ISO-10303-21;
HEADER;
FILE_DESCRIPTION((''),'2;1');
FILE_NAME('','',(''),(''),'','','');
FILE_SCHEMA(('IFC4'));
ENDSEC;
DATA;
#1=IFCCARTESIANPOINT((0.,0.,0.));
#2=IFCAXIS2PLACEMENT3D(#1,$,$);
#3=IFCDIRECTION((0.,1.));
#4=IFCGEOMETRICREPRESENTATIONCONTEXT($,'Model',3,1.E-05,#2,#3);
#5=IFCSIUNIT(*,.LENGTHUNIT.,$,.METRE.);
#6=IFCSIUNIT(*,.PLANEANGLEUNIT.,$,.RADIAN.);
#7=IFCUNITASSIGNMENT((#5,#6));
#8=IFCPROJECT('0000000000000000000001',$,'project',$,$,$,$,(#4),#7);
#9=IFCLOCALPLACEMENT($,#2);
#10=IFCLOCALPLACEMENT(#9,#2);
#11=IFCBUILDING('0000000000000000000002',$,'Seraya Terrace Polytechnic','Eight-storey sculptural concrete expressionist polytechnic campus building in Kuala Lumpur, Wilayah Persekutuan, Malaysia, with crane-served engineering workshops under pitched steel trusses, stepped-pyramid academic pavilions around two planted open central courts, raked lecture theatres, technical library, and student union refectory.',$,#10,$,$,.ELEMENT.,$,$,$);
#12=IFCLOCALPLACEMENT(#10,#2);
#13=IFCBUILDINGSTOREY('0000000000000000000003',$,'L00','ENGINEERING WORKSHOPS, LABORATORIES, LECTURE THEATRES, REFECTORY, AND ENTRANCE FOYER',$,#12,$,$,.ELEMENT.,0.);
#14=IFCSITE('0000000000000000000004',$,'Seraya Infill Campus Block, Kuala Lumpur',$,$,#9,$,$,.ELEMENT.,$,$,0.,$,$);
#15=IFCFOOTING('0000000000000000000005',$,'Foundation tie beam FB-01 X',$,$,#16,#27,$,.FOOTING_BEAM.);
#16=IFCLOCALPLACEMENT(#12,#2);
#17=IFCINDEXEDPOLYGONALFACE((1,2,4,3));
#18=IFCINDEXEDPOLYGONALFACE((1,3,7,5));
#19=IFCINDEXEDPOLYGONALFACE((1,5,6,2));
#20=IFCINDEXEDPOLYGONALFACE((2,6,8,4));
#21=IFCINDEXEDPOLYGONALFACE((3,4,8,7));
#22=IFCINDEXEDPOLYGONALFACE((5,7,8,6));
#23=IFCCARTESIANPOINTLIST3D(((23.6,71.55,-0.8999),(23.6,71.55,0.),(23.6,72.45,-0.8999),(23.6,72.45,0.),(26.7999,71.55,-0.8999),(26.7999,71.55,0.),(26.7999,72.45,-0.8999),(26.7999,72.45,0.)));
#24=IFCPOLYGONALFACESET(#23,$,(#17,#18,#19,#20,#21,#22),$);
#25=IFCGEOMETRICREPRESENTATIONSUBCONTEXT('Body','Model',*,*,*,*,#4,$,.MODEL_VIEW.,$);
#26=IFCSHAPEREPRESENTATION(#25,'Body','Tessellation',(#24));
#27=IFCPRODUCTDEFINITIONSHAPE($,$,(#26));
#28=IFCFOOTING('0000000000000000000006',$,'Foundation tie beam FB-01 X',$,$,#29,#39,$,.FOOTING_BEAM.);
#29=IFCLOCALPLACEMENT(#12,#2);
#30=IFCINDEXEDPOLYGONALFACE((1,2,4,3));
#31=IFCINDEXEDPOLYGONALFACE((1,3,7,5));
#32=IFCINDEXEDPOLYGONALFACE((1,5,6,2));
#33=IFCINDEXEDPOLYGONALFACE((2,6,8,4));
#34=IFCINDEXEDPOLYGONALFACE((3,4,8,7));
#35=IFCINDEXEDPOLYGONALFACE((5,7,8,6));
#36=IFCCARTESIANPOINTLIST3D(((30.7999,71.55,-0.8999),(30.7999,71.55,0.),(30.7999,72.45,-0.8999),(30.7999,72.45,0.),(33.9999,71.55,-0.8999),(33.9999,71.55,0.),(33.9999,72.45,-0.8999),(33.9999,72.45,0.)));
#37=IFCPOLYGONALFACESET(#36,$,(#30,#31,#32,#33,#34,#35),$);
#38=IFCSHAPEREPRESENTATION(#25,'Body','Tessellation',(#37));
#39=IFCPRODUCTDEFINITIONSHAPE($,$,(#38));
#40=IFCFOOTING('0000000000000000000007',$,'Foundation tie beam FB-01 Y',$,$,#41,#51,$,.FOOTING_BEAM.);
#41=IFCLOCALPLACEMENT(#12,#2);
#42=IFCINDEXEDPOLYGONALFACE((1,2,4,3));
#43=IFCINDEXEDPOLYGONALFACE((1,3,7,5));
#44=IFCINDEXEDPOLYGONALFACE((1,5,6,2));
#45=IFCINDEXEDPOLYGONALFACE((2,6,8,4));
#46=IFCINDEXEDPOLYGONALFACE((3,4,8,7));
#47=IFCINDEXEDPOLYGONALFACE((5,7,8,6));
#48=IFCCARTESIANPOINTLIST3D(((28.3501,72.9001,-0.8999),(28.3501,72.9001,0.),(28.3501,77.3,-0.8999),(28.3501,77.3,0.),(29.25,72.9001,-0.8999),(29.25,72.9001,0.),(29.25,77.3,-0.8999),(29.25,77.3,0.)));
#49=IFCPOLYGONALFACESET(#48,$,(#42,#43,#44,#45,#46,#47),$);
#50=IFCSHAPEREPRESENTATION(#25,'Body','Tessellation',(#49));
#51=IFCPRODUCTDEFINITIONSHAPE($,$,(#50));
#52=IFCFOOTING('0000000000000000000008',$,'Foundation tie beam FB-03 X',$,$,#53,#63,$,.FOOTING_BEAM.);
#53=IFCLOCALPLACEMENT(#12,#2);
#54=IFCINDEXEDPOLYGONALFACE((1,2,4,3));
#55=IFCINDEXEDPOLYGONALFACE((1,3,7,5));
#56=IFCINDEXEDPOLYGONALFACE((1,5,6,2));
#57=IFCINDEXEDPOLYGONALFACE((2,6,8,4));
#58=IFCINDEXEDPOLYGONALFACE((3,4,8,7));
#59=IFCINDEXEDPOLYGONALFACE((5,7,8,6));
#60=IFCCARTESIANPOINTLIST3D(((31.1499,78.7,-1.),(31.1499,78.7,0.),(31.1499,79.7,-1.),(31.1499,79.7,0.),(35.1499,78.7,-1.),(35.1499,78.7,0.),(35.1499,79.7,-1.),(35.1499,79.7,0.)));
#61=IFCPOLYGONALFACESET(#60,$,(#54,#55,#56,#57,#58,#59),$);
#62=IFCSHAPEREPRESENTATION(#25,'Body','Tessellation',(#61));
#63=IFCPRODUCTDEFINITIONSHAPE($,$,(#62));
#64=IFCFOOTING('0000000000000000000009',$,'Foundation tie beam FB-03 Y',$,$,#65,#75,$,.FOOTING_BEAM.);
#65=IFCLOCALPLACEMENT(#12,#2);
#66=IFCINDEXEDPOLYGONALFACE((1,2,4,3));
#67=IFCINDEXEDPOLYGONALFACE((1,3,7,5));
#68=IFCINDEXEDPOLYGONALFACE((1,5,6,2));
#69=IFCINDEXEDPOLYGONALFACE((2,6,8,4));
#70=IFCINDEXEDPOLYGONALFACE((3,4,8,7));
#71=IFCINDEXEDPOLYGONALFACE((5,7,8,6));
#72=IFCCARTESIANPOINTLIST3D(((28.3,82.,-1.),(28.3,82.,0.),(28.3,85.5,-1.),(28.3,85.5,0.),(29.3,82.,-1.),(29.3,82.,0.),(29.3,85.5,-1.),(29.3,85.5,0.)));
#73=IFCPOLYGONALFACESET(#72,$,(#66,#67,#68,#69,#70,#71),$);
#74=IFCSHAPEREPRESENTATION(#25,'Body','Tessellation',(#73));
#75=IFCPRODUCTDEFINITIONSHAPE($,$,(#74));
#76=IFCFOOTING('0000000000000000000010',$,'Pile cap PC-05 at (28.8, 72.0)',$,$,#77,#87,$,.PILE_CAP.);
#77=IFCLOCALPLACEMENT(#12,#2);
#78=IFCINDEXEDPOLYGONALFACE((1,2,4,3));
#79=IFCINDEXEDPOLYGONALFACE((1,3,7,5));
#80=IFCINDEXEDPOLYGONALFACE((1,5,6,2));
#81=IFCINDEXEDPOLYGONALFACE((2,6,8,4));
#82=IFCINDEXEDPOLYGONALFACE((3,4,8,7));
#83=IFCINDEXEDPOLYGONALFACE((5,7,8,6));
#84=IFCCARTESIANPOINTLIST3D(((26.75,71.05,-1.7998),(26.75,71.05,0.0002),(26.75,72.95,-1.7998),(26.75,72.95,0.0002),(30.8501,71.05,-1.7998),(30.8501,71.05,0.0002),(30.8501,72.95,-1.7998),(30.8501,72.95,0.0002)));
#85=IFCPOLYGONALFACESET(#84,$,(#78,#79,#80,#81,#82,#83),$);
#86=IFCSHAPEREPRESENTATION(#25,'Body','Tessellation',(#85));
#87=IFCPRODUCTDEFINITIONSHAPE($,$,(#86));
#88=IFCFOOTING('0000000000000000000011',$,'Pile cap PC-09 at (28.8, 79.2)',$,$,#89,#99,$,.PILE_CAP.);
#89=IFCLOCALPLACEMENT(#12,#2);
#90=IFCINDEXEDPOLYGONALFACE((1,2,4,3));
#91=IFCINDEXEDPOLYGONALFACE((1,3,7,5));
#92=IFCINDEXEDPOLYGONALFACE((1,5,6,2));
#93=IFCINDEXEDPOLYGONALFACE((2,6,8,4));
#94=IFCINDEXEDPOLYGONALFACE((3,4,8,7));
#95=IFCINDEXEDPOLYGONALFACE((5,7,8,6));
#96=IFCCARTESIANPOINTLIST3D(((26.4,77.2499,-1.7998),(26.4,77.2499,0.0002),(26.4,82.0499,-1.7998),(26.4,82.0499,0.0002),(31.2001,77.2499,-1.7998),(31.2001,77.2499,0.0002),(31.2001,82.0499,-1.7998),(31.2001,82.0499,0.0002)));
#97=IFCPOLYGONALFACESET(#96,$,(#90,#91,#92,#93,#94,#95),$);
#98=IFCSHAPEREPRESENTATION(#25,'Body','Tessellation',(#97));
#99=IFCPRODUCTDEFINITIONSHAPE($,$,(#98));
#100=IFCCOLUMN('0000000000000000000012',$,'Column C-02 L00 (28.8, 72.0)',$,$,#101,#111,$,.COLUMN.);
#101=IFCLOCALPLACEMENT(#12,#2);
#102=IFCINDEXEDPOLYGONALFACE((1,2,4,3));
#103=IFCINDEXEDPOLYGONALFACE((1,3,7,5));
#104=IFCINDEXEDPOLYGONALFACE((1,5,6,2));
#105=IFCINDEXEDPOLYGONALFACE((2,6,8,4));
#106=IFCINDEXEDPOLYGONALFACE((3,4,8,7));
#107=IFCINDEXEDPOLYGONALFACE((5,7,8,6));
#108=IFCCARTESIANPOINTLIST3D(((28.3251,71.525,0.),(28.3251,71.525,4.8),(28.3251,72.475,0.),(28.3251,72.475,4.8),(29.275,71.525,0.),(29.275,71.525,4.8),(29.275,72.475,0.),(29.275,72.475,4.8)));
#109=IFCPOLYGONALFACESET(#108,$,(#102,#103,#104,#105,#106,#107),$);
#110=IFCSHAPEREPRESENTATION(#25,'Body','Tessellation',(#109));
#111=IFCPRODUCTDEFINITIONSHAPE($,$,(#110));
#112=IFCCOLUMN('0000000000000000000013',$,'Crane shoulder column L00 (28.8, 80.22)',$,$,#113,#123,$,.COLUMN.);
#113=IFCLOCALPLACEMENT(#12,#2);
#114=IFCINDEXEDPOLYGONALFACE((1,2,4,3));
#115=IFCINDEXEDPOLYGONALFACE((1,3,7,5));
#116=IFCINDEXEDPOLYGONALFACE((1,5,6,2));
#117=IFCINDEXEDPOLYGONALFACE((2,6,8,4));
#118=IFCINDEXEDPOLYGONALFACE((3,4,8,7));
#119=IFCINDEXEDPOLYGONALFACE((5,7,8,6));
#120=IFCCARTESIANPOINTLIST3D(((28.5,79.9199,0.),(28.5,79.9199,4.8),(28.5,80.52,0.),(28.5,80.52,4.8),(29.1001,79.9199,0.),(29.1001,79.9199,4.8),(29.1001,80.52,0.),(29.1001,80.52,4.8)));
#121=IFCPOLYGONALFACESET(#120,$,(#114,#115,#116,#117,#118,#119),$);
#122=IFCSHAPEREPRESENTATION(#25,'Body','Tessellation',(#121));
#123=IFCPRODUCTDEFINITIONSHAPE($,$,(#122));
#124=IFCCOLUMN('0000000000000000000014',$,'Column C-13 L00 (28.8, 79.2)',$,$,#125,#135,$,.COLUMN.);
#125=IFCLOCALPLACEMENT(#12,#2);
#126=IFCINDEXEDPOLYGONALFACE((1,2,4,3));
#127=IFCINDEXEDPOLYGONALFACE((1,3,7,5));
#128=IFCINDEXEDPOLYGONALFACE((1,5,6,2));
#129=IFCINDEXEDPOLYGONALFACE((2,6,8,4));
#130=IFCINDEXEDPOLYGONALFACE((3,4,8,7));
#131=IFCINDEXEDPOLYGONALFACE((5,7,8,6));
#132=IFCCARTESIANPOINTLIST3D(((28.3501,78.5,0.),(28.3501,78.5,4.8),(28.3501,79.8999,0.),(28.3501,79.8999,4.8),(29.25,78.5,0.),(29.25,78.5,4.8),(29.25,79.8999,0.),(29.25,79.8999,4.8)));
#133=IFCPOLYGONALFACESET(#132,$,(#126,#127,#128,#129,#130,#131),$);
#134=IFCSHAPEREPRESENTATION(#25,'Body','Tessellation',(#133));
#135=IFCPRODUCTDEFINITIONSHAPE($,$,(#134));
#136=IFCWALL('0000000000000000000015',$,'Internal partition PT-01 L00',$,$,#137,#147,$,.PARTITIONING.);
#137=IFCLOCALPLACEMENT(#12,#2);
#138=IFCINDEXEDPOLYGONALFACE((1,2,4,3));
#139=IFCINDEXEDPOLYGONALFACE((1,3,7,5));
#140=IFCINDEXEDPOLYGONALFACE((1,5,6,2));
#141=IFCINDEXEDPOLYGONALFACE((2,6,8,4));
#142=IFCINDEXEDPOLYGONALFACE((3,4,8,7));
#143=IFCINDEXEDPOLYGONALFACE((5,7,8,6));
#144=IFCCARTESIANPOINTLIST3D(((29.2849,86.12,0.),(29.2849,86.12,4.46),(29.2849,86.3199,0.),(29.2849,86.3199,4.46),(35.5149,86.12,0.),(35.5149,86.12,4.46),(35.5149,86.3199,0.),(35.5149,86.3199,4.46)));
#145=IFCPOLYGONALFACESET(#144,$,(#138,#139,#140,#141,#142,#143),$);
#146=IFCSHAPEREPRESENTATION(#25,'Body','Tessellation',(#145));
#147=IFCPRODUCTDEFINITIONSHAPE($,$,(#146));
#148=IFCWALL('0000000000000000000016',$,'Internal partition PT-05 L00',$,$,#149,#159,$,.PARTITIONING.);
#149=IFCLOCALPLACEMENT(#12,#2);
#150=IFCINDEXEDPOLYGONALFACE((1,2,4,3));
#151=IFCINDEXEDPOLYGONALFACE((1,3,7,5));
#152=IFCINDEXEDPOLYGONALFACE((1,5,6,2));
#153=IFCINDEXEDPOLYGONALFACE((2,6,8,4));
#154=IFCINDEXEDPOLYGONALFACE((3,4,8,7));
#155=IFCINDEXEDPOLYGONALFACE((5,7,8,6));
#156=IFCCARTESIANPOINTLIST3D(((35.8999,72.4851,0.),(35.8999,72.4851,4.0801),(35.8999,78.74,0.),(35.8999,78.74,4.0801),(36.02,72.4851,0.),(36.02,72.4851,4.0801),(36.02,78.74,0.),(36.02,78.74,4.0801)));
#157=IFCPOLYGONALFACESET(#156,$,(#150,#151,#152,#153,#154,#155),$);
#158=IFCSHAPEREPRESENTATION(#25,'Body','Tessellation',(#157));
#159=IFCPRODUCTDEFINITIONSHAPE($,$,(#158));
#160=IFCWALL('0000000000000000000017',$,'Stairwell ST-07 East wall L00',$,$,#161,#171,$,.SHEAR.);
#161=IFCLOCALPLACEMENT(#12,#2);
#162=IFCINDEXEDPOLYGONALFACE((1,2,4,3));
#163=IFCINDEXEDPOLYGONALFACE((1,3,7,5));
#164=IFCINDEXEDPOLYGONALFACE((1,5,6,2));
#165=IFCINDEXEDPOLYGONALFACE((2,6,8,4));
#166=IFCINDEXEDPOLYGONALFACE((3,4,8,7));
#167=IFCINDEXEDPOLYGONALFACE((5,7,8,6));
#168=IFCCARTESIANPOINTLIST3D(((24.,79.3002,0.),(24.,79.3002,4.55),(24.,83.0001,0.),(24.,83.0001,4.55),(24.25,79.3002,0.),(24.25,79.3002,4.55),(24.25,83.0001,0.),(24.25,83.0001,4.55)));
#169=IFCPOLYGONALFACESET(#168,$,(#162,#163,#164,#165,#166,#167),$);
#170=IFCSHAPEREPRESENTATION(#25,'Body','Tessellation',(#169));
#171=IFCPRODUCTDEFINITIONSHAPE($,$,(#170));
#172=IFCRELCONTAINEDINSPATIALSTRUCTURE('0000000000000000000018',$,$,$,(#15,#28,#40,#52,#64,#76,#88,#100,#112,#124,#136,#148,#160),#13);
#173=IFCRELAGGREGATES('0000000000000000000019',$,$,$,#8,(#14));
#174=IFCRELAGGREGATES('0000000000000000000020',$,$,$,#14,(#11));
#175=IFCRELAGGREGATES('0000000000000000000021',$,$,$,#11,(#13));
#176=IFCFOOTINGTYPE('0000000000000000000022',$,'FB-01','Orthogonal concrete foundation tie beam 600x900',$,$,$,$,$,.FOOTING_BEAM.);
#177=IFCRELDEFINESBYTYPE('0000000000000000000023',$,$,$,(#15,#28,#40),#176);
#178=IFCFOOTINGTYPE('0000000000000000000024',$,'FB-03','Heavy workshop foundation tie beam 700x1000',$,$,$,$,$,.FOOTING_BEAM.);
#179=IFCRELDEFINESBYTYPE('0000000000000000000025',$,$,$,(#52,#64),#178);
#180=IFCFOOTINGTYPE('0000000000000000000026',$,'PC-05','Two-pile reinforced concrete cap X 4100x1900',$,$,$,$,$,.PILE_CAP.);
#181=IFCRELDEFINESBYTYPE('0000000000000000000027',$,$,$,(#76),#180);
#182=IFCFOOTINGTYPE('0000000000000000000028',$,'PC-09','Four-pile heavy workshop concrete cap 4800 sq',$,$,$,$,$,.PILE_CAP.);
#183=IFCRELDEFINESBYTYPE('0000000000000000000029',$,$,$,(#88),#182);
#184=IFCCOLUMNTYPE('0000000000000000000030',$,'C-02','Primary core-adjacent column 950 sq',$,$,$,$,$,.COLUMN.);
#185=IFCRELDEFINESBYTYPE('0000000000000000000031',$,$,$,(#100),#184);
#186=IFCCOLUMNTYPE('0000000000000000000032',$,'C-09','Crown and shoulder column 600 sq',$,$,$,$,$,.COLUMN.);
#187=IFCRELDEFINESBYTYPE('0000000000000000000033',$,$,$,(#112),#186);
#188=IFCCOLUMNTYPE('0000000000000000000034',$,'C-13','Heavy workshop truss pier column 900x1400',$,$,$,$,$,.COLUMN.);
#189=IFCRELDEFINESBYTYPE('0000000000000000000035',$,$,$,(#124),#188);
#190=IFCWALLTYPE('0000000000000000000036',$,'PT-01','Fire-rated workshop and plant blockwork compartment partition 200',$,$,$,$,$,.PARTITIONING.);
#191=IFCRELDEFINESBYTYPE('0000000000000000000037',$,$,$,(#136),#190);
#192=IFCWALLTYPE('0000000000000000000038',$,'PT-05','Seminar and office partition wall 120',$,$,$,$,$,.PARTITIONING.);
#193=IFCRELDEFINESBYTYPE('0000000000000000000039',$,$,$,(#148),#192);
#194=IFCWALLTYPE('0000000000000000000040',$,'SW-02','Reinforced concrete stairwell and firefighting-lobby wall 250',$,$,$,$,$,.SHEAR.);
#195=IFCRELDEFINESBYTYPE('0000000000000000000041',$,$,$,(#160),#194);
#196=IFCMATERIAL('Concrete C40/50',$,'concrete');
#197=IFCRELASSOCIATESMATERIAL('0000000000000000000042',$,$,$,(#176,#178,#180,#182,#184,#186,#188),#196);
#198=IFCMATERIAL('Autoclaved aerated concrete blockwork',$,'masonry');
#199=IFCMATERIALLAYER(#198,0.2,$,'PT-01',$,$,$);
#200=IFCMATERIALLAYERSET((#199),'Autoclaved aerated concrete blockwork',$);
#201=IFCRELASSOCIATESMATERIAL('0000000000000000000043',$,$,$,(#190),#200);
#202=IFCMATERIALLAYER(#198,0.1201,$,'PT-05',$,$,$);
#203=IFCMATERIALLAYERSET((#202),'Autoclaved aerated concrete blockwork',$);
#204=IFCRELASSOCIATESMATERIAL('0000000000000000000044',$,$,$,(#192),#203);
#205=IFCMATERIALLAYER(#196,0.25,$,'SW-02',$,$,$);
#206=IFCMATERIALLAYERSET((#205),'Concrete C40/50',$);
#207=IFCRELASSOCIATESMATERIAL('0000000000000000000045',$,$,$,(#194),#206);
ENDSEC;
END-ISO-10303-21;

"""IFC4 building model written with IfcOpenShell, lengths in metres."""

from ifc_helpers import new_model, si_unit, direction, frame, frame_2d, origin, origin_2d, place, context, subcontext, project, spatial, rectangle, extrude, material, layer, layer_set, material_profile, profile_set, type_object, element, save


model = new_model("IFC4")

# Units and contexts
model_context = context("Model", 3, precision=1e-05, world=origin(), true_north=direction((0.0, 1.0)))
body_context = subcontext(model_context, "Body", "Model", "MODEL_VIEW")
ifc_project = project(units=[si_unit("LENGTHUNIT", "METRE"), si_unit("PLANEANGLEUNIT", "RADIAN")], contexts=[model_context])

# Site, building, storey
site_placement = place(None, origin())
site = spatial("IfcSite", under=ifc_project, at=site_placement, Name="Seraya Infill Campus Block, Kuala Lumpur", CompositionType="ELEMENT", RefElevation=0.0)
building_placement = place(site_placement, origin())
building = spatial("IfcBuilding", under=site, at=building_placement, Name="Seraya Terrace Polytechnic", Description="Eight-storey sculptural concrete expressionist polytechnic campus building in Kuala Lumpur, Wilayah Persekutuan, Malaysia, with crane-served engineering workshops under pitched steel trusses, stepped-pyramid academic pavilions around two planted open central courts, raked lecture theatres, technical library, and student union refectory.", CompositionType="ELEMENT")
storey_placement = place(building_placement, origin())
storey = spatial("IfcBuildingStorey", under=building, at=storey_placement, Name="L00", Description="ENGINEERING WORKSHOPS, LABORATORIES, LECTURE THEATRES, REFECTORY, AND ENTRANCE FOYER", CompositionType="ELEMENT", Elevation=0.0)

# Shared definitions
ifc_material_1 = material(Name="Concrete C40/50", Category="concrete")

# Footings
footing_type_1 = type_object("IfcFootingType", Name="FB-01", Description="Orthogonal concrete foundation tie beam 600x900", PredefinedType="FOOTING_BEAM", material=ifc_material_1)
for number, where, z_axis, x_axis, name in (
    (1, (25.2, 72.0, -0.8999), (0.0, 0.0, 1.0), (1.0, 0.0, 0.0), "Foundation tie beam FB-01 X"),
    (2, (32.3999, 72.0, -0.8999), (0.0, 0.0, 1.0), (1.0, 0.0, 0.0), "Foundation tie beam FB-01 X"),
):
    element("IfcFooting", number, at=place(storey_placement, frame(where, z_axis=z_axis, x_axis=x_axis)), inside=storey, type_object=footing_type_1, Name=name, PredefinedType="FOOTING_BEAM", context=body_context, shape_type="SweptSolid", body=[
        extrude(rectangle(XDim=3.2, YDim=0.8999, at=origin_2d()), origin(), (0.0, 0.0, 1.0), 0.8999),
    ])
footing_1_placement = place(storey_placement, frame((28.8, 75.1001, -0.8999), z_axis=(0.0, 0.0, 1.0), x_axis=(0.0, 1.0, 0.0)))
element("IfcFooting", 3, at=footing_1_placement, inside=storey, type_object=footing_type_1, Name="Foundation tie beam FB-01 Y", PredefinedType="FOOTING_BEAM", context=body_context, shape_type="SweptSolid", body=[
    extrude(rectangle(XDim=4.3999, YDim=0.8999, at=origin_2d()), origin(), (0.0, 0.0, 1.0), 0.8999),
])
footing_type_2 = type_object("IfcFootingType", Name="FB-03", Description="Heavy workshop foundation tie beam 700x1000", PredefinedType="FOOTING_BEAM", material=ifc_material_1)
footing_2_placement = place(storey_placement, frame((33.1499, 79.2, -1.0), z_axis=(0.0, 0.0, 1.0), x_axis=(1.0, 0.0, 0.0)))
element("IfcFooting", 4, at=footing_2_placement, inside=storey, type_object=footing_type_2, Name="Foundation tie beam FB-03 X", PredefinedType="FOOTING_BEAM", context=body_context, shape_type="SweptSolid", body=[
    extrude(rectangle(XDim=4.0, YDim=1.0, at=origin_2d()), origin(), (0.0, 0.0, 1.0), 1.0),
])
footing_3_placement = place(storey_placement, frame((28.8, 83.75, -1.0), z_axis=(0.0, 0.0, 1.0), x_axis=(0.0, 1.0, 0.0)))
element("IfcFooting", 5, at=footing_3_placement, inside=storey, type_object=footing_type_2, Name="Foundation tie beam FB-03 Y", PredefinedType="FOOTING_BEAM", context=body_context, shape_type="SweptSolid", body=[
    extrude(rectangle(XDim=3.5, YDim=1.0, at=origin_2d()), origin(), (0.0, 0.0, 1.0), 1.0),
])
footing_type_3 = type_object("IfcFootingType", Name="PC-05", Description="Two-pile reinforced concrete cap X 4100x1900", PredefinedType="PILE_CAP", material=ifc_material_1)
footing_4_placement = place(storey_placement, frame((28.8, 72.0, -1.7998), z_axis=(0.0, 0.0, 1.0), x_axis=(1.0, 0.0, 0.0)))
element("IfcFooting", 6, at=footing_4_placement, inside=storey, type_object=footing_type_3, Name="Pile cap PC-05 at (28.8, 72.0)", PredefinedType="PILE_CAP", context=body_context, shape_type="SweptSolid", body=[
    extrude(rectangle(XDim=4.1001, YDim=1.8999, at=origin_2d()), origin(), (0.0, 0.0, 1.0), 1.8),
])
footing_type_4 = type_object("IfcFootingType", Name="PC-09", Description="Four-pile heavy workshop concrete cap 4800 sq", PredefinedType="PILE_CAP", material=ifc_material_1)
footing_5_placement = place(storey_placement, frame((28.8, 79.6499, -1.7998), z_axis=(0.0, 0.0, 1.0), x_axis=(1.0, 0.0, 0.0)))
element("IfcFooting", 7, at=footing_5_placement, inside=storey, type_object=footing_type_4, Name="Pile cap PC-09 at (28.8, 79.2)", PredefinedType="PILE_CAP", context=body_context, shape_type="SweptSolid", body=[
    extrude(rectangle(XDim=4.8, YDim=4.8, at=origin_2d()), origin(), (0.0, 0.0, 1.0), 1.8),
])

# Columns
ifc_material_profile_1 = material_profile(ifc_material_1, rectangle(XDim=0.95, YDim=0.95, at=origin_2d()), Name="RC 950x950")
ifc_profile_set_1 = profile_set([ifc_material_profile_1], Name="Concrete C40/50")
column_type_1 = type_object("IfcColumnType", Name="C-02", Description="Primary core-adjacent column 950 sq", PredefinedType="COLUMN", material=ifc_profile_set_1)
column_1_placement = place(storey_placement, frame((28.8, 72.0, 0.0), z_axis=(0.0, 0.0, 1.0), x_axis=(1.0, 0.0, 0.0)))
element("IfcColumn", 8, at=column_1_placement, inside=storey, type_object=column_type_1, Name="Column C-02 L00 (28.8, 72.0)", PredefinedType="COLUMN", context=body_context, shape_type="SweptSolid", body=[
    extrude(rectangle(XDim=0.95, YDim=0.95, at=origin_2d()), origin(), (0.0, 0.0, 1.0), 4.8),
])
ifc_material_profile_2 = material_profile(ifc_material_1, rectangle(XDim=0.6001, YDim=0.6001, at=origin_2d()), Name="RC 600x600")
ifc_profile_set_2 = profile_set([ifc_material_profile_2], Name="Concrete C40/50")
column_type_2 = type_object("IfcColumnType", Name="C-09", Description="Crown and shoulder column 600 sq", PredefinedType="COLUMN", material=ifc_profile_set_2)
column_2_placement = place(storey_placement, frame((28.8, 80.22, 0.0), z_axis=(0.0, 0.0, 1.0), x_axis=(1.0, 0.0, 0.0)))
element("IfcColumn", 9, at=column_2_placement, inside=storey, type_object=column_type_2, Name="Crane shoulder column L00 (28.8, 80.22)", PredefinedType="COLUMN", context=body_context, shape_type="SweptSolid", body=[
    extrude(rectangle(XDim=0.6001, YDim=0.6001, at=origin_2d()), origin(), (0.0, 0.0, 1.0), 4.8),
])
ifc_material_profile_3 = material_profile(ifc_material_1, rectangle(XDim=0.8999, YDim=1.3999, at=origin_2d()), Name="RC 900x1400")
ifc_profile_set_3 = profile_set([ifc_material_profile_3], Name="Concrete C40/50")
column_type_3 = type_object("IfcColumnType", Name="C-13", Description="Heavy workshop truss pier column 900x1400", PredefinedType="COLUMN", material=ifc_profile_set_3)
column_3_placement = place(storey_placement, frame((28.8, 79.2, 0.0), z_axis=(0.0, 0.0, 1.0), x_axis=(1.0, 0.0, 0.0)))
element("IfcColumn", 10, at=column_3_placement, inside=storey, type_object=column_type_3, Name="Column C-13 L00 (28.8, 79.2)", PredefinedType="COLUMN", context=body_context, shape_type="SweptSolid", body=[
    extrude(rectangle(XDim=0.8999, YDim=1.3999, at=origin_2d()), origin(), (0.0, 0.0, 1.0), 4.8),
])

# Walls
ifc_material_2 = material(Name="Autoclaved aerated concrete blockwork", Category="masonry")
ifc_layer_1 = layer(ifc_material_2, 0.2, Name="PT-01")
ifc_layer_set_1 = layer_set([ifc_layer_1], Name="Autoclaved aerated concrete blockwork")
wall_type_1 = type_object("IfcWallType", Name="PT-01", Description="Fire-rated workshop and plant blockwork compartment partition 200", PredefinedType="PARTITIONING", material=ifc_layer_set_1)
wall_1_placement = place(storey_placement, frame((29.2849, 86.22, 0.0), z_axis=(0.0, 0.0, 1.0), x_axis=(1.0, 0.0, 0.0)))
element("IfcWall", 11, at=wall_1_placement, inside=storey, type_object=wall_type_1, Name="Internal partition PT-01 L00", PredefinedType="PARTITIONING", context=body_context, shape_type="SweptSolid", body=[
    extrude(rectangle(XDim=6.23, YDim=0.2, at=frame_2d((3.115, 0.0))), origin(), (0.0, 0.0, 1.0), 4.46),
])
ifc_layer_2 = layer(ifc_material_2, 0.1201, Name="PT-05")
ifc_layer_set_2 = layer_set([ifc_layer_2], Name="Autoclaved aerated concrete blockwork")
wall_type_2 = type_object("IfcWallType", Name="PT-05", Description="Seminar and office partition wall 120", PredefinedType="PARTITIONING", material=ifc_layer_set_2)
wall_2_placement = place(storey_placement, frame((35.96, 72.4851, 0.0), z_axis=(0.0, 0.0, 1.0), x_axis=(0.0, 1.0, 0.0)))
element("IfcWall", 12, at=wall_2_placement, inside=storey, type_object=wall_type_2, Name="Internal partition PT-05 L00", PredefinedType="PARTITIONING", context=body_context, shape_type="SweptSolid", body=[
    extrude(rectangle(XDim=6.2549, YDim=0.1201, at=frame_2d((3.1274, 0.0))), origin(), (0.0, 0.0, 1.0), 4.0801),
])
ifc_layer_3 = layer(ifc_material_1, 0.25, Name="SW-02")
ifc_layer_set_3 = layer_set([ifc_layer_3], Name="Concrete C40/50")
wall_type_3 = type_object("IfcWallType", Name="SW-02", Description="Reinforced concrete stairwell and firefighting-lobby wall 250", PredefinedType="SHEAR", material=ifc_layer_set_3)
wall_3_placement = place(storey_placement, frame((24.125, 79.3, 0.0), z_axis=(0.0, 0.0, 1.0), x_axis=(0.0, 1.0, 0.0)))
element("IfcWall", 13, at=wall_3_placement, inside=storey, type_object=wall_type_3, Name="Stairwell ST-07 East wall L00", PredefinedType="SHEAR", context=body_context, shape_type="SweptSolid", body=[
    extrude(rectangle(XDim=3.7, YDim=0.25, at=frame_2d((1.8501, 0.0))), origin(), (0.0, 0.0, 1.0), 4.55),
])

save(model, "model.ifc")
